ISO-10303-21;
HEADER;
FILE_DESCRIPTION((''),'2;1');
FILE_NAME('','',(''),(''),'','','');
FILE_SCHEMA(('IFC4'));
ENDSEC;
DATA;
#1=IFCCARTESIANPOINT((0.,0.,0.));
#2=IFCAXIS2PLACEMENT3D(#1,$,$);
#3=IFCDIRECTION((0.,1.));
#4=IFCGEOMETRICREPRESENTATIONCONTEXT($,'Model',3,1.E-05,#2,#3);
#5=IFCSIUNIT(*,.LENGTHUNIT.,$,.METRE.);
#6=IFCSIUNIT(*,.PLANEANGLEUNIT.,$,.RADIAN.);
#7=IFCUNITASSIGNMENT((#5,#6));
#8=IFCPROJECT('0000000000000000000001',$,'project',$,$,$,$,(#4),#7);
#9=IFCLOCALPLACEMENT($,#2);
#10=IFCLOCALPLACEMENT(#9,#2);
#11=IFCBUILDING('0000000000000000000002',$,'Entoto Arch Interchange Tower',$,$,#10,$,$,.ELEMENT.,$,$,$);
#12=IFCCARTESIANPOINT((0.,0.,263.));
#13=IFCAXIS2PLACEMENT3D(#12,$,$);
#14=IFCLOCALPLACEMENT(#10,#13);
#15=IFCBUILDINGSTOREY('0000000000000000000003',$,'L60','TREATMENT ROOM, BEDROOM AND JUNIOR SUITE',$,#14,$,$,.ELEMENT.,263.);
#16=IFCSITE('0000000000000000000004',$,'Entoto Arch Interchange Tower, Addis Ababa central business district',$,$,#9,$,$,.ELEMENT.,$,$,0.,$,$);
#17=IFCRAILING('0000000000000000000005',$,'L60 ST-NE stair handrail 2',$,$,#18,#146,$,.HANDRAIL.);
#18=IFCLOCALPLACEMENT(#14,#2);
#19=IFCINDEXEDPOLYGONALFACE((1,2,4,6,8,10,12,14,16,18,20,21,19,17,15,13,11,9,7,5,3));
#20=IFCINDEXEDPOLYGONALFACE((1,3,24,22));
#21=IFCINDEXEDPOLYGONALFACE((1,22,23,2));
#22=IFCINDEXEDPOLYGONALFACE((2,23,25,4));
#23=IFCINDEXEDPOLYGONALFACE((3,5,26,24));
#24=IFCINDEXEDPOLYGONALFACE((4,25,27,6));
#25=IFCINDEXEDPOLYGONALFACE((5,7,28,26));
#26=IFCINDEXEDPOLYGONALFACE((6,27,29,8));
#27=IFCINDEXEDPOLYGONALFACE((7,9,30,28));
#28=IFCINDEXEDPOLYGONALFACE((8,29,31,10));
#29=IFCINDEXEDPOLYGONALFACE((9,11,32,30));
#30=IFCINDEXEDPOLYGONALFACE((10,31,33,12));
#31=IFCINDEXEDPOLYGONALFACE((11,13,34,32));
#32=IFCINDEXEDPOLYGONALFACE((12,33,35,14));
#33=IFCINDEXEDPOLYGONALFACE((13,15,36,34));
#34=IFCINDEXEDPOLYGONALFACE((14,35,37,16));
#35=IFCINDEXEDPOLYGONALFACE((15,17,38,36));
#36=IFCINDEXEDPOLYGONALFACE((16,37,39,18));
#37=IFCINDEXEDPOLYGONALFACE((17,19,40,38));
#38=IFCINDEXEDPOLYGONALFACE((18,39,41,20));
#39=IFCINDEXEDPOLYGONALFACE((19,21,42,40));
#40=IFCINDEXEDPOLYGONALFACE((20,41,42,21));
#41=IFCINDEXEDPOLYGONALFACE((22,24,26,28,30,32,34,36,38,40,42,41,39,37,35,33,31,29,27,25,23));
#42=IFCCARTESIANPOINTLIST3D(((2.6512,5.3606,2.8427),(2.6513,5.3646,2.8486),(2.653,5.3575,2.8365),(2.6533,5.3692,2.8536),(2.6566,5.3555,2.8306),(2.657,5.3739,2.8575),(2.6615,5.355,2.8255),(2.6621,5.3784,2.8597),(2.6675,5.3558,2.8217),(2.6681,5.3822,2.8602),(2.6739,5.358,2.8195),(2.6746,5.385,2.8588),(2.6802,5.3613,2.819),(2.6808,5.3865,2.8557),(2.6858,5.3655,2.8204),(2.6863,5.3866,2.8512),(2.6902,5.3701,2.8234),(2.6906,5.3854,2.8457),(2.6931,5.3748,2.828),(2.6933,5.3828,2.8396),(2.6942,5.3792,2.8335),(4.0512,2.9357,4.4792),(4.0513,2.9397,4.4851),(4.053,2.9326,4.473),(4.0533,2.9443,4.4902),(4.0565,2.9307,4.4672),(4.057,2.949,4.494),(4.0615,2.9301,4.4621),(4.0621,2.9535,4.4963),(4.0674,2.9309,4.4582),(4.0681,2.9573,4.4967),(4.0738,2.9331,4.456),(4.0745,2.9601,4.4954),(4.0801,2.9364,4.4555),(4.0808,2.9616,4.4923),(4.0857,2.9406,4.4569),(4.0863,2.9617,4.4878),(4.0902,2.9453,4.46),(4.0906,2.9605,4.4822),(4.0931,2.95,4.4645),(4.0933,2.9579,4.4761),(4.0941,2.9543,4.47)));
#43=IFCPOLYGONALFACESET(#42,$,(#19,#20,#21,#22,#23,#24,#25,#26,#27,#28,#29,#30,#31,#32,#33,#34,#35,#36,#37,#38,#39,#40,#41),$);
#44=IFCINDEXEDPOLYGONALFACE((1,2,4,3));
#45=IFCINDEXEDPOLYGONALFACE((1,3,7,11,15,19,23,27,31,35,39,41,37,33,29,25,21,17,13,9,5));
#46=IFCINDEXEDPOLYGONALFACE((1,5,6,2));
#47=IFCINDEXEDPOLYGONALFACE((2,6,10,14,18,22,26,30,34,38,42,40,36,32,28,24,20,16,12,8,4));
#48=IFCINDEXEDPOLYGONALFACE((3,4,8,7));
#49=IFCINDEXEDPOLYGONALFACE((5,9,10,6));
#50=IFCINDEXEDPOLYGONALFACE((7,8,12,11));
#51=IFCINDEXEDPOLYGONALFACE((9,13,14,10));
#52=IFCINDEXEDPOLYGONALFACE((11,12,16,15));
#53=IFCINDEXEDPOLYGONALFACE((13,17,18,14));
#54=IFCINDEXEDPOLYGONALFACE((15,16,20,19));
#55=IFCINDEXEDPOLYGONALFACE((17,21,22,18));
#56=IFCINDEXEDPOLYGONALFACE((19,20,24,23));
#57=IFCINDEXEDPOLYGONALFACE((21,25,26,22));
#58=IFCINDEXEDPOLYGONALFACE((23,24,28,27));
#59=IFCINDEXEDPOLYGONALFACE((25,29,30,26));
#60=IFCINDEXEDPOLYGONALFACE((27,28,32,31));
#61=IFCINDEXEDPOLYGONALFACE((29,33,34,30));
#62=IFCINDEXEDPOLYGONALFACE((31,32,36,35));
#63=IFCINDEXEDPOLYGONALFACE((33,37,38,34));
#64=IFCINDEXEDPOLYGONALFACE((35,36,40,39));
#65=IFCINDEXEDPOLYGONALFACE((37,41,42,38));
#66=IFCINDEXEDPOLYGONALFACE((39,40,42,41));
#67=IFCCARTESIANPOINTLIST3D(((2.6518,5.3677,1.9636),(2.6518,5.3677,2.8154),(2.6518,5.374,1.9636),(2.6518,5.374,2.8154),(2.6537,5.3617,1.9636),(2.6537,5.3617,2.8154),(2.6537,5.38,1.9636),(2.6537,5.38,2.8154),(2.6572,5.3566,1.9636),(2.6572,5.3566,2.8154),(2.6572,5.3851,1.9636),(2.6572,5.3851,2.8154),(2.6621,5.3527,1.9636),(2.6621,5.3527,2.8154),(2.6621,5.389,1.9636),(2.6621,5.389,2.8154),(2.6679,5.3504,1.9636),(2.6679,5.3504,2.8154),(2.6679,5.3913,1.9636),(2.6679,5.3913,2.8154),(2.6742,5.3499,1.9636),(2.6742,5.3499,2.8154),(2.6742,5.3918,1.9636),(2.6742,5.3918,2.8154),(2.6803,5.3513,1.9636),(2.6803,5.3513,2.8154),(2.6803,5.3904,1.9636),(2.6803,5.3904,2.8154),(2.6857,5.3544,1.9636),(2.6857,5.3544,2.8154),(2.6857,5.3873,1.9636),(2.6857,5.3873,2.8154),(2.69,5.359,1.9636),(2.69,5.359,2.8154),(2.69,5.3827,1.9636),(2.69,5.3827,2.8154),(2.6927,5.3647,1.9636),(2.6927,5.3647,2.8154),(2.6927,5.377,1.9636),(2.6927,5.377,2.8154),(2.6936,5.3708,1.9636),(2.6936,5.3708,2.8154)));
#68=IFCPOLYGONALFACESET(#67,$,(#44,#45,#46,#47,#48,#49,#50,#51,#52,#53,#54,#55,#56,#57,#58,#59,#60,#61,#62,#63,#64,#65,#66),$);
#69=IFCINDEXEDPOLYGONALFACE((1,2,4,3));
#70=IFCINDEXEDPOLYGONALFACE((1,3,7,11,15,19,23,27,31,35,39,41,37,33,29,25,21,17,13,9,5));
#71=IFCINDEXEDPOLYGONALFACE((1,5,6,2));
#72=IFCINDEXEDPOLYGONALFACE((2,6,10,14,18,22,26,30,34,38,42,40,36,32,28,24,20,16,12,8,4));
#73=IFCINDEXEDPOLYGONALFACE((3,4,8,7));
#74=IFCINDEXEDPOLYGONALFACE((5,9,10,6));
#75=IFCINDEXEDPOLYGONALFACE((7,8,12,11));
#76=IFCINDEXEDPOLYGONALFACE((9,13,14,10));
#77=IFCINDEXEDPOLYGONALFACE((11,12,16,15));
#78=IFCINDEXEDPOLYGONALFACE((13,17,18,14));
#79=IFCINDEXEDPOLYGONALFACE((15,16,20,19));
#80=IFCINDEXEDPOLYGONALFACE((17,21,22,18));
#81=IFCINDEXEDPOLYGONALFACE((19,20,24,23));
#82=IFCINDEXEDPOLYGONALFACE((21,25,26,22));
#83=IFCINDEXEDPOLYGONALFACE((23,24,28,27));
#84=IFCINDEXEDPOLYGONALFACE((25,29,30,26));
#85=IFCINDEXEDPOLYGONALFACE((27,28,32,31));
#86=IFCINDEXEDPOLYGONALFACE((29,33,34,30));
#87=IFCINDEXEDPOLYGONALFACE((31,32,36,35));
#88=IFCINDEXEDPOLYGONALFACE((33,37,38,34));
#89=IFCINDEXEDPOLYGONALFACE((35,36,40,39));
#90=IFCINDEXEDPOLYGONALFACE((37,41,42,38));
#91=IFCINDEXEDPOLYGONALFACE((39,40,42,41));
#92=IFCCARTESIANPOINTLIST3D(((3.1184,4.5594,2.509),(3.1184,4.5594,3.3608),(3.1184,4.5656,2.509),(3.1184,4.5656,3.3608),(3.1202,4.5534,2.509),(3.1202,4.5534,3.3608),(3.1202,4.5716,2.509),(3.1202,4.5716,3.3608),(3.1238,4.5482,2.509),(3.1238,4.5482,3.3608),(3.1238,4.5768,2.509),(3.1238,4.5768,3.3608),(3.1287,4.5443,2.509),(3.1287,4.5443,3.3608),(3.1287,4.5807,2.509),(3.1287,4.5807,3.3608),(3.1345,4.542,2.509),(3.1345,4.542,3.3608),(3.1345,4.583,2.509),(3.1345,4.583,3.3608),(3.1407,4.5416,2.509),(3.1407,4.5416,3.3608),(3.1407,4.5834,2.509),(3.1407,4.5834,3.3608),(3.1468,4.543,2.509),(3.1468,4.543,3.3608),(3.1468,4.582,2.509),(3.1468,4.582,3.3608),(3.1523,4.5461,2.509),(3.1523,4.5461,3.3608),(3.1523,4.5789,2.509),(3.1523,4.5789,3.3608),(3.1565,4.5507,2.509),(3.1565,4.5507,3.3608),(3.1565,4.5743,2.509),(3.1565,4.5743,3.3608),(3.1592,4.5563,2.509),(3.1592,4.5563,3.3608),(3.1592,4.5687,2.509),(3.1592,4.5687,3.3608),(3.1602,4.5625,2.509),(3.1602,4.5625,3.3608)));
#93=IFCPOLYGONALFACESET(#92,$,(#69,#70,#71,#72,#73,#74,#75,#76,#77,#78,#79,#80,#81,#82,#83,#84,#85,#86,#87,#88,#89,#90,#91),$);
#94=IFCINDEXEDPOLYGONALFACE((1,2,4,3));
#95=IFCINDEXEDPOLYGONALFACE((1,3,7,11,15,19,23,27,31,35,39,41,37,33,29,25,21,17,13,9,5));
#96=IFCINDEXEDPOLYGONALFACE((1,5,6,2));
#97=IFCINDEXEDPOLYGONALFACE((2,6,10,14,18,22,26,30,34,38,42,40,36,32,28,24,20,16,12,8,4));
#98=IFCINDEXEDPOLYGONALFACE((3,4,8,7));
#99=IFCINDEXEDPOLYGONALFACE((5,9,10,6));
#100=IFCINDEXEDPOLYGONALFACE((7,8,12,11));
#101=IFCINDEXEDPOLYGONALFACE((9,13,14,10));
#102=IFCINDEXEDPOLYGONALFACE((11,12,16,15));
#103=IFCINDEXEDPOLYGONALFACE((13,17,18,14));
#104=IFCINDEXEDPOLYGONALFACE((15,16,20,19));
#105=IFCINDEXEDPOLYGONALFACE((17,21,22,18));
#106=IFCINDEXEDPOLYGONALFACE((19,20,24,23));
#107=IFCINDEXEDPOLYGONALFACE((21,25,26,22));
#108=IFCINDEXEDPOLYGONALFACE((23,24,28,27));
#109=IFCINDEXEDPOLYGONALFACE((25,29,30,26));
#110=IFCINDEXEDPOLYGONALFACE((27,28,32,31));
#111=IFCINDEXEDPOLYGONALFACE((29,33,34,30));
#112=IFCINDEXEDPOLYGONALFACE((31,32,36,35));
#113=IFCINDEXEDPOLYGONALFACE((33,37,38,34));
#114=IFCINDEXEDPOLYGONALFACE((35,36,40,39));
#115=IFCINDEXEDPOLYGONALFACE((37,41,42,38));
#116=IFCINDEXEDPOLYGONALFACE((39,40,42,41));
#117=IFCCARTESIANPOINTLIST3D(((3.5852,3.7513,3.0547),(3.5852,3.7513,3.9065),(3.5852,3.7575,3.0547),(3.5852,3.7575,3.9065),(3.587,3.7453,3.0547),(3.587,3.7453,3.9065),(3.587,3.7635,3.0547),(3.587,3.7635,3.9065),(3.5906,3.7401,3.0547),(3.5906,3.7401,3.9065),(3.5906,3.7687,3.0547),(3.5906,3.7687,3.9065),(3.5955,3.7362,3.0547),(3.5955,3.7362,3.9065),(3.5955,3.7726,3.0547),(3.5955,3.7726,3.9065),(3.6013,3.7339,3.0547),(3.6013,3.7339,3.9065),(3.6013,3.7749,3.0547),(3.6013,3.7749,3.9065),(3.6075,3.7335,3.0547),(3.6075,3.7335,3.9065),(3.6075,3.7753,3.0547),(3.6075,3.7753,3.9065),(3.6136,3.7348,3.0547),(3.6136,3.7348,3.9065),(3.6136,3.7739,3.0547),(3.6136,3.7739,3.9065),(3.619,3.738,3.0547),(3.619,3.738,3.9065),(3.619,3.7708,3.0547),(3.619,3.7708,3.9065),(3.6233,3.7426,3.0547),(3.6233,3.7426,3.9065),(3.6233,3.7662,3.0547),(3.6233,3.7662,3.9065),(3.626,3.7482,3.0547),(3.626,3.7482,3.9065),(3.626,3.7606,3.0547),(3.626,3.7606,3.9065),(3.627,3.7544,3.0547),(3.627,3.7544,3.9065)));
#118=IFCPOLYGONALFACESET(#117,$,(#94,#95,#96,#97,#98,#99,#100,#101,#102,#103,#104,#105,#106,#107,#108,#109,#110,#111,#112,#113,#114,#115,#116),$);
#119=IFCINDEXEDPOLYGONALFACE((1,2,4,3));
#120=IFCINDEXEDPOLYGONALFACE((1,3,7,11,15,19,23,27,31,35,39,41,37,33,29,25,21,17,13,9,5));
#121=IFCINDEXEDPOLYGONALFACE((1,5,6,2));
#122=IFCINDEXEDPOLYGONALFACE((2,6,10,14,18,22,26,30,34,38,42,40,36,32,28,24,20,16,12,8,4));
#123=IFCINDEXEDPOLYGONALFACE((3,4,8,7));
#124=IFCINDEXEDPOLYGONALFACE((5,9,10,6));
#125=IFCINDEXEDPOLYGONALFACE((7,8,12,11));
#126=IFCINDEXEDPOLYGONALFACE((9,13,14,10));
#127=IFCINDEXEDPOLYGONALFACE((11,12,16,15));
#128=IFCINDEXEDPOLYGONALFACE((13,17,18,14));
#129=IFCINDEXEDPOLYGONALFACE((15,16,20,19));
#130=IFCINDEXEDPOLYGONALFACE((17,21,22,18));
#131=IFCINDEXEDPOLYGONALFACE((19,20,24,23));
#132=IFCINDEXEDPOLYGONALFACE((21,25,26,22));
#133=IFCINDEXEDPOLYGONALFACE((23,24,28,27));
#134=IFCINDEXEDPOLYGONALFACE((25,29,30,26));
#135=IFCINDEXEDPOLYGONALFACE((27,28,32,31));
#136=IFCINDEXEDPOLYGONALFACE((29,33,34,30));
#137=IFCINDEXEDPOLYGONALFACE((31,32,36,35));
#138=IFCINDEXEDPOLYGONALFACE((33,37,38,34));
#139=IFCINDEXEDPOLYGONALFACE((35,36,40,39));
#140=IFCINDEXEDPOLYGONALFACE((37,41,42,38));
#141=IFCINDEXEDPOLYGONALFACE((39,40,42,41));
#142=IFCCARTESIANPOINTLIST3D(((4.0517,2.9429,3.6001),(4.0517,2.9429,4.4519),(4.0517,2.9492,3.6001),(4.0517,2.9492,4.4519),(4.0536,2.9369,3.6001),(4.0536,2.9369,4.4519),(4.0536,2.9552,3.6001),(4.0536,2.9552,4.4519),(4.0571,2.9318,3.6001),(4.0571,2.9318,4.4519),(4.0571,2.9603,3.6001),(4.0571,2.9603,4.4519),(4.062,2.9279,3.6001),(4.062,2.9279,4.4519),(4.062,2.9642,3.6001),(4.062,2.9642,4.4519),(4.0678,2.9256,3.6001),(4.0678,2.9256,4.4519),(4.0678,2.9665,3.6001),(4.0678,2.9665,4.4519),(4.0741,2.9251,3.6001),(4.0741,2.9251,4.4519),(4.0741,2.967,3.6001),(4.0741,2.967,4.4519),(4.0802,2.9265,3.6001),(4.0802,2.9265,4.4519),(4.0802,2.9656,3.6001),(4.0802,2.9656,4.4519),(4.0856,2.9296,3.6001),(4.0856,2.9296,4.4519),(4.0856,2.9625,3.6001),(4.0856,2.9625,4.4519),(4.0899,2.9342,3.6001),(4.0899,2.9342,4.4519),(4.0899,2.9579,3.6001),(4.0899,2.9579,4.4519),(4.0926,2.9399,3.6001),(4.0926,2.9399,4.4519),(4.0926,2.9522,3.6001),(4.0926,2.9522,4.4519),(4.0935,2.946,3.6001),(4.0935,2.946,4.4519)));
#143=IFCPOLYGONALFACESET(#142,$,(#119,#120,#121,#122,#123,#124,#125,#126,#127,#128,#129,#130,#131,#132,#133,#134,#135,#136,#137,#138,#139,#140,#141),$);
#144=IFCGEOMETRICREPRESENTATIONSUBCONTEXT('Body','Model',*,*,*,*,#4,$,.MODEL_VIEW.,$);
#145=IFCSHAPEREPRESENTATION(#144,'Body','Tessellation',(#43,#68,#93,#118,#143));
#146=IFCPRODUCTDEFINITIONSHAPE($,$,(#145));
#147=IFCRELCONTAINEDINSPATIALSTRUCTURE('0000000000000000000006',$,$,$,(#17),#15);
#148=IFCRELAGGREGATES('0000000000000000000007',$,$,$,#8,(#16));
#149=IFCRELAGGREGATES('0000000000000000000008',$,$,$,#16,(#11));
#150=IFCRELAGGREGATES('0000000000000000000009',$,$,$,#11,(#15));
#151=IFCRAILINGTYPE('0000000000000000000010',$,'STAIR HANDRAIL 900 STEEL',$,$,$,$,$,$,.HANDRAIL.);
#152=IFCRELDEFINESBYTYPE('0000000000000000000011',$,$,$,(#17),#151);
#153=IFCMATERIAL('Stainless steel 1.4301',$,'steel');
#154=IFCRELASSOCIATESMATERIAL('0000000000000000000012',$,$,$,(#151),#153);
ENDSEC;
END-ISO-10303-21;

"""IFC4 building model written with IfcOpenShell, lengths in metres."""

from ifc_helpers import new_model, si_unit, direction, frame, origin, origin_2d, place, context, subcontext, project, spatial, circle, extrude, material, type_object, element, save


model = new_model("IFC4")

# Units and contexts
model_context = context("Model", 3, precision=1e-05, world=origin(), true_north=direction((0.0, 1.0)))
body_context = subcontext(model_context, "Body", "Model", "MODEL_VIEW")
ifc_project = project(units=[si_unit("LENGTHUNIT", "METRE"), si_unit("PLANEANGLEUNIT", "RADIAN")], contexts=[model_context])

# Site, building, storey
site_placement = place(None, origin())
site = spatial("IfcSite", under=ifc_project, at=site_placement, Name="Entoto Arch Interchange Tower, Addis Ababa central business district", CompositionType="ELEMENT", RefElevation=0.0)
building_placement = place(site_placement, origin())
building = spatial("IfcBuilding", under=site, at=building_placement, Name="Entoto Arch Interchange Tower", CompositionType="ELEMENT")
storey_placement = place(building_placement, frame((0.0, 0.0, 263.0)))
storey = spatial("IfcBuildingStorey", under=building, at=storey_placement, Name="L60", Description="TREATMENT ROOM, BEDROOM AND JUNIOR SUITE", CompositionType="ELEMENT", Elevation=263.0)

# Railing
ifc_material_1 = material(Name="Stainless steel 1.4301", Category="steel")
railing_type_1 = type_object("IfcRailingType", Name="STAIR HANDRAIL 900 STEEL", PredefinedType="HANDRAIL", material=ifc_material_1)
railing_1_placement = place(storey_placement, frame((2.6726, 5.3708, 1.9636)))
element("IfcRailing", 1, at=railing_1_placement, inside=storey, type_object=railing_type_1, Name="L60 ST-NE stair handrail 2", PredefinedType="HANDRAIL", context=body_context, shape_type="SweptSolid", body=[
    extrude(circle(Radius=0.0239, at=origin_2d()), frame((0.0, 0.0, 0.876), z_axis=(0.431661, -0.74769, 0.504608), x_axis=(0.866035, 0.499984, 0.0)), (0.0, 0.0, 1.0), 3.2432),
    extrude(circle(Radius=0.021, at=origin_2d()), origin(), (0.0, 0.0, 1.0), 0.8518),
    extrude(circle(Radius=0.021, at=origin_2d()), frame((0.4666, -0.8083, 0.5454)), (0.0, 0.0, 1.0), 0.8518),
    extrude(circle(Radius=0.021, at=origin_2d()), frame((0.9333, -1.6165, 1.0911)), (0.0, 0.0, 1.0), 0.8518),
    extrude(circle(Radius=0.021, at=origin_2d()), frame((1.3999, -2.4248, 1.6365)), (0.0, 0.0, 1.0), 0.8518),
])

save(model, "model.ifc")
